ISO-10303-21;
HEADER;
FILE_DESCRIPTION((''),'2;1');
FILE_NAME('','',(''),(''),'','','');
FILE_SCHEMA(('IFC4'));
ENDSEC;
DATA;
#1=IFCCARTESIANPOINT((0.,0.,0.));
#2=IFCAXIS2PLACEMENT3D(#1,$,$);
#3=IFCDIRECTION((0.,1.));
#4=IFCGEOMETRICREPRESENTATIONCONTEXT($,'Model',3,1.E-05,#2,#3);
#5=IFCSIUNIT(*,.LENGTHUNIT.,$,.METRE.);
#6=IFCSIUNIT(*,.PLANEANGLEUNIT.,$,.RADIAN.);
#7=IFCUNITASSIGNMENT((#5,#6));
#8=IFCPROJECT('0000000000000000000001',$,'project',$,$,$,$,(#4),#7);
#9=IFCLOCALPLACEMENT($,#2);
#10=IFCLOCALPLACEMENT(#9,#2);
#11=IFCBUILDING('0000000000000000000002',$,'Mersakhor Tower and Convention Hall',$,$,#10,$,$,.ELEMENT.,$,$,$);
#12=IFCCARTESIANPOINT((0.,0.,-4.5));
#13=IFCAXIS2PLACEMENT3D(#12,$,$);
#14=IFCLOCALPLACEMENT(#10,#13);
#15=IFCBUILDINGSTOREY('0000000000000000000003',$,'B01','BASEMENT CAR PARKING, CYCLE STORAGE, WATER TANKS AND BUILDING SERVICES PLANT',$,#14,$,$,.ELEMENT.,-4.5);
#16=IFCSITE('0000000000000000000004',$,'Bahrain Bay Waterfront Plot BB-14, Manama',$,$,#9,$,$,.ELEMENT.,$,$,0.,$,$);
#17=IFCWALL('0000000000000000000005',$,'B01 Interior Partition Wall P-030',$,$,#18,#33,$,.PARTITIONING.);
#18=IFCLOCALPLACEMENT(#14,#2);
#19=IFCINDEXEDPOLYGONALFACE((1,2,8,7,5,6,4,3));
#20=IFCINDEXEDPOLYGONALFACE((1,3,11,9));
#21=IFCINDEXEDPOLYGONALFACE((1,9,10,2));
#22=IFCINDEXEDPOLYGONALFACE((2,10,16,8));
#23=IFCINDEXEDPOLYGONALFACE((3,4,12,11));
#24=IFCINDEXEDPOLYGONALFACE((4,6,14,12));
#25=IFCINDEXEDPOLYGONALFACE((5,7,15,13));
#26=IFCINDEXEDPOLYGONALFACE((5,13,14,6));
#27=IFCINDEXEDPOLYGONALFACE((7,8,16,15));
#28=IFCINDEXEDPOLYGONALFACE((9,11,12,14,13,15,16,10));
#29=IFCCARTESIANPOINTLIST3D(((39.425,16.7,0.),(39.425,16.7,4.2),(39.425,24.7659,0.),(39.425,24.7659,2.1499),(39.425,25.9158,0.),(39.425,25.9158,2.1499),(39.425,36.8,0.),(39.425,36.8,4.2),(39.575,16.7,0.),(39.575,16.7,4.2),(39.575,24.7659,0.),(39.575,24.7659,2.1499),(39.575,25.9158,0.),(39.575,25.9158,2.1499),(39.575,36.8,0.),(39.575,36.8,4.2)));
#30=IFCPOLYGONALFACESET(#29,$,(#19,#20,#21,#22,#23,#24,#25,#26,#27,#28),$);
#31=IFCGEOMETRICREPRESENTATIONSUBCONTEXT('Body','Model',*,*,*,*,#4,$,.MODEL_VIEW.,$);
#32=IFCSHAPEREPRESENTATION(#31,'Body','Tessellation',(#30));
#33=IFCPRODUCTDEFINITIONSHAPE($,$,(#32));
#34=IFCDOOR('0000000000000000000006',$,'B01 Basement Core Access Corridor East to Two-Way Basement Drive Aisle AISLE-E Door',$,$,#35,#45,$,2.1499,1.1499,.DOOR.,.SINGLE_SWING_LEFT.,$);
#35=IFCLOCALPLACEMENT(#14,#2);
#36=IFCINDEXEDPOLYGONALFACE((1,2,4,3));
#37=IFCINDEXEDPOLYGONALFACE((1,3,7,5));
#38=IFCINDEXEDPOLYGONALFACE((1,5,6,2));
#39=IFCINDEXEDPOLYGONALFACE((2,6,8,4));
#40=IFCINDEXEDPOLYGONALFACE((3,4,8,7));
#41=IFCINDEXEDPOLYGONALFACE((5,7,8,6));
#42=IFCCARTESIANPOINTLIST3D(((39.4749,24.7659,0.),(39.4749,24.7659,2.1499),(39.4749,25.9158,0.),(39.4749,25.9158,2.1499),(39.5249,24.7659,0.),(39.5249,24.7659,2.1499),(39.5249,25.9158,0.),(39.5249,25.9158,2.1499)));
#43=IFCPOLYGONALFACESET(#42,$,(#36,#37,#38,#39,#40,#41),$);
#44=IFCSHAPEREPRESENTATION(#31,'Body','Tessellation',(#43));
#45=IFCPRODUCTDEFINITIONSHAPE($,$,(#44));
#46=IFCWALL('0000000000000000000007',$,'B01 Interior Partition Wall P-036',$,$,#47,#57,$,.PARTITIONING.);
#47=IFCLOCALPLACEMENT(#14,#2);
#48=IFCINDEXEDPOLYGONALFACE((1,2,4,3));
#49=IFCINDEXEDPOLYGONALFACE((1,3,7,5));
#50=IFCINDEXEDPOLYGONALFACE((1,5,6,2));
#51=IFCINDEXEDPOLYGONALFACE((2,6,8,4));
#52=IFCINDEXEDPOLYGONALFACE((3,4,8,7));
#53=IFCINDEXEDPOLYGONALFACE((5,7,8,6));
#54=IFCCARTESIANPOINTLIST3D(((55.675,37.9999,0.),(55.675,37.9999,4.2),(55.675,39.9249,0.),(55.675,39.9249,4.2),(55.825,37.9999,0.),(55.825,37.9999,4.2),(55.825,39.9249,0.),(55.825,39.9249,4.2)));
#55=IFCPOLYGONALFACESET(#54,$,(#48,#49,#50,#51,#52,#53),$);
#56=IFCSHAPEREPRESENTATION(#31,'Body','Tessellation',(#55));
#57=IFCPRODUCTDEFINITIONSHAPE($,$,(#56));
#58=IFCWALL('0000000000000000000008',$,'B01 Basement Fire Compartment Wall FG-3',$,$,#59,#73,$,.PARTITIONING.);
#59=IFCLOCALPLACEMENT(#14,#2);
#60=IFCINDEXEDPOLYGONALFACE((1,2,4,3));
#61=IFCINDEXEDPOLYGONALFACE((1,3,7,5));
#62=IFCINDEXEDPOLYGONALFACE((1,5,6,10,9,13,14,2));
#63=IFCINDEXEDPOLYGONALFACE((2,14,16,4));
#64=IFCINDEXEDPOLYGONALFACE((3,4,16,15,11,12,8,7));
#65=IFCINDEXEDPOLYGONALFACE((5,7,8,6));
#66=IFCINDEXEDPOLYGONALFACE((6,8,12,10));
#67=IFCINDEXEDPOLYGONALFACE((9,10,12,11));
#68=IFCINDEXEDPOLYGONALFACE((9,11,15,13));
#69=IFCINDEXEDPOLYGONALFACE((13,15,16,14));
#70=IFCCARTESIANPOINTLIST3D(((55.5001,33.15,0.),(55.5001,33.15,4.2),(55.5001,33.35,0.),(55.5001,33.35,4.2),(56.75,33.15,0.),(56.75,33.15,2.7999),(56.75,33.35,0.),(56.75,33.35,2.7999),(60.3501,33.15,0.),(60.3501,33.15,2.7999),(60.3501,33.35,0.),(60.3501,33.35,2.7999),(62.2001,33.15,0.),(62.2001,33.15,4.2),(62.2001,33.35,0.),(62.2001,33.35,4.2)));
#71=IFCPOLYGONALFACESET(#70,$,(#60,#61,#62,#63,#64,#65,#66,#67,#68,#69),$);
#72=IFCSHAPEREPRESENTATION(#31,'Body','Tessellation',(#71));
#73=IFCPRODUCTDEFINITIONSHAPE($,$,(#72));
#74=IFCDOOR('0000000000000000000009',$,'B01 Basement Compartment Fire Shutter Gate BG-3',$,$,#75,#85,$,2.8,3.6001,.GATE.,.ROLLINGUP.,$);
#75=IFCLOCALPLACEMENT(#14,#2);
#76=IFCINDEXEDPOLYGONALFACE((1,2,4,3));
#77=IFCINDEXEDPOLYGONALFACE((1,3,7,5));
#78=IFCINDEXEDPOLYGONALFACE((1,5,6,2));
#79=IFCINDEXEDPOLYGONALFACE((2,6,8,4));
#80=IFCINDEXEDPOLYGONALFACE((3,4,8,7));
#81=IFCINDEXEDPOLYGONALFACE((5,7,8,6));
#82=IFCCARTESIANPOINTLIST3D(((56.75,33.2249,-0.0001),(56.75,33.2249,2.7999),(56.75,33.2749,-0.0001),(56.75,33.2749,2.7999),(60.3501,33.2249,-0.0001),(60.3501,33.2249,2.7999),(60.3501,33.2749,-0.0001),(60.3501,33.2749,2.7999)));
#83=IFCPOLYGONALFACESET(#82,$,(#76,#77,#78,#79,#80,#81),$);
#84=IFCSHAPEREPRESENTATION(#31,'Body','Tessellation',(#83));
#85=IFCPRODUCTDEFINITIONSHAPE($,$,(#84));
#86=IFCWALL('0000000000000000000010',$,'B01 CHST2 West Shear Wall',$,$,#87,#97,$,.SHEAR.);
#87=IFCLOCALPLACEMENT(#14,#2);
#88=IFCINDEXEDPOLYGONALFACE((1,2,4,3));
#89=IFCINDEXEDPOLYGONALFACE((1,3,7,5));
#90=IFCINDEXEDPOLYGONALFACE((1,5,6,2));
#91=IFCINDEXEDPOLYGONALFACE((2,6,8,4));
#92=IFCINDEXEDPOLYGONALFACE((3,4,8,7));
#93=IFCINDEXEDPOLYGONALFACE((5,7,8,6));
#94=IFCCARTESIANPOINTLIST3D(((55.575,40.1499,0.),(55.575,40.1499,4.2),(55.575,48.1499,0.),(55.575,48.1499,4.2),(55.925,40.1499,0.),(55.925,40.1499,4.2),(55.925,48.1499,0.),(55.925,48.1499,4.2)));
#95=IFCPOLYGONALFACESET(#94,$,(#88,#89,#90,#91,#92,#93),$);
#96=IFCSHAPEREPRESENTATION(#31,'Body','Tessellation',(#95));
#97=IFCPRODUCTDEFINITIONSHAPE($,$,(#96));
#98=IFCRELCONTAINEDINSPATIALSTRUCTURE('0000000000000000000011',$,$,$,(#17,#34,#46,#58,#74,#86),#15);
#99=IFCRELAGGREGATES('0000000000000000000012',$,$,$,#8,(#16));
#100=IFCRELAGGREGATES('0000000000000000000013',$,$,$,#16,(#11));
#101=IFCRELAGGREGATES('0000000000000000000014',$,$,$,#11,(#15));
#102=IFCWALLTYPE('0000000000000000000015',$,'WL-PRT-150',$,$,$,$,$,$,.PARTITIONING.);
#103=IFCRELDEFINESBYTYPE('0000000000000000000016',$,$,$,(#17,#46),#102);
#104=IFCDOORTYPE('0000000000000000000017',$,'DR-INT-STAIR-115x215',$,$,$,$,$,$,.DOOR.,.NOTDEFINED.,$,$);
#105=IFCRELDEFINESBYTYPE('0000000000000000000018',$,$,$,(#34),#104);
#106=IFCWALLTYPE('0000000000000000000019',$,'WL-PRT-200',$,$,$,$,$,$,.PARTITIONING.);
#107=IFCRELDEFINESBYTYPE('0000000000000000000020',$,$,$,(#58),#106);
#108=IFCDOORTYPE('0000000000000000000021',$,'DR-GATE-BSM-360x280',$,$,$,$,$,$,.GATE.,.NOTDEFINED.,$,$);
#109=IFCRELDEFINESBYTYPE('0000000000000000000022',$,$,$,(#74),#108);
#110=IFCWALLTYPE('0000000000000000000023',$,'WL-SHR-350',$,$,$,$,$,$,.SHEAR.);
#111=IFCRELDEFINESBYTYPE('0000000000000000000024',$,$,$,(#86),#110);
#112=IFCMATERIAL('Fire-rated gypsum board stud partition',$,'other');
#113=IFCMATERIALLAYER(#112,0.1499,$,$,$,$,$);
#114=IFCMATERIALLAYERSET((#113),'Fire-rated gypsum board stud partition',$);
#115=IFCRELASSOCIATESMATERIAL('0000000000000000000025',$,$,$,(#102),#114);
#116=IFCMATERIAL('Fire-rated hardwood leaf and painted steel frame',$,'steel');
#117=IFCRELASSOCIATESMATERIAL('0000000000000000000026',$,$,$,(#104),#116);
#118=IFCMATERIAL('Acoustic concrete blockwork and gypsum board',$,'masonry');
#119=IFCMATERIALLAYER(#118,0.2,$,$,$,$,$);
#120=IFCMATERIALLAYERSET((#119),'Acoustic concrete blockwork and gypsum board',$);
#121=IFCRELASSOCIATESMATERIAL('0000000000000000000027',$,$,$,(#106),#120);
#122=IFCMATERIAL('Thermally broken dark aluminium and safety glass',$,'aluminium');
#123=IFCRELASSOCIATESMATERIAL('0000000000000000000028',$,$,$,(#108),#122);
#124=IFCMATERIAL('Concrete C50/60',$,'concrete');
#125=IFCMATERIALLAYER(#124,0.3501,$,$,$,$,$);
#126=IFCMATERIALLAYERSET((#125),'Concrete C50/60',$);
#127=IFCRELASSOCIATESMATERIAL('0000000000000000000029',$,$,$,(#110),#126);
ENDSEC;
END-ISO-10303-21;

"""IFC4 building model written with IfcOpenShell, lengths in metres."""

from ifc_helpers import new_model, si_unit, direction, frame, frame_2d, origin, place, context, subcontext, project, spatial, rectangle, extrude, material, layer, layer_set, type_object, element, fill, save


model = new_model("IFC4")

# Units and contexts
model_context = context("Model", 3, precision=1e-05, world=origin(), true_north=direction((0.0, 1.0)))
body_context = subcontext(model_context, "Body", "Model", "MODEL_VIEW")
ifc_project = project(units=[si_unit("LENGTHUNIT", "METRE"), si_unit("PLANEANGLEUNIT", "RADIAN")], contexts=[model_context])

# Site, building, storey
site_placement = place(None, origin())
site = spatial("IfcSite", under=ifc_project, at=site_placement, Name="Bahrain Bay Waterfront Plot BB-14, Manama", CompositionType="ELEMENT", RefElevation=0.0)
building_placement = place(site_placement, origin())
building = spatial("IfcBuilding", under=site, at=building_placement, Name="Mersakhor Tower and Convention Hall", CompositionType="ELEMENT")
storey_placement = place(building_placement, frame((0.0, 0.0, -4.5)))
storey = spatial("IfcBuildingStorey", under=building, at=storey_placement, Name="B01", Description="BASEMENT CAR PARKING, CYCLE STORAGE, WATER TANKS AND BUILDING SERVICES PLANT", CompositionType="ELEMENT", Elevation=-4.5)

# Wall, opening, door
ifc_material_1 = material(Name="Fire-rated gypsum board stud partition", Category="other")
ifc_layer_1 = layer(ifc_material_1, 0.1499)
ifc_layer_set_1 = layer_set([ifc_layer_1], Name="Fire-rated gypsum board stud partition")
wall_type_1 = type_object("IfcWallType", Name="WL-PRT-150", PredefinedType="PARTITIONING", material=ifc_layer_set_1)
wall_1_placement = place(storey_placement, frame((39.5, 36.8, 0.0), z_axis=(0.0, 0.0, 1.0), x_axis=(0.0, -1.0, 0.0)))
wall_1 = element("IfcWall", 1, at=wall_1_placement, inside=storey, type_object=wall_type_1, Name="B01 Interior Partition Wall P-030", PredefinedType="PARTITIONING", context=body_context, shape_type="SweptSolid", body=[
    extrude(rectangle(XDim=20.1001, YDim=0.1499, at=frame_2d((10.05, 0.0))), origin(), (0.0, 0.0, 1.0), 4.2),
])
opening_1_placement = place(wall_1_placement, frame((10.8843, 0.0, 0.0)))
opening_1 = element("IfcOpeningElement", 2, at=opening_1_placement, cuts=wall_1, PredefinedType="OPENING", context=body_context, shape_type="SweptSolid", body=[
    extrude(rectangle(XDim=1.1499, YDim=2.1499, at=frame_2d((0.575, 1.075))), frame((0.0, 0.085, 0.0), z_axis=(0.0, -1.0, 0.0), x_axis=(1.0, 0.0, 0.0)), (0.0, 0.0, 1.0), 0.1699),
])
ifc_material_2 = material(Name="Fire-rated hardwood leaf and painted steel frame", Category="steel")
door_type_1 = type_object("IfcDoorType", Name="DR-INT-STAIR-115x215", OperationType="NOTDEFINED", PredefinedType="DOOR", material=ifc_material_2)
door_1_placement = place(opening_1_placement, origin())
door_1 = element("IfcDoor", 3, at=door_1_placement, inside=storey, type_object=door_type_1, Name="B01 Basement Core Access Corridor East to Two-Way Basement Drive Aisle AISLE-E Door", OperationType="SINGLE_SWING_LEFT", OverallHeight=2.1499, OverallWidth=1.1499, PredefinedType="DOOR", context=body_context, shape_type="SweptSolid", body=[
    extrude(rectangle(XDim=1.1499, YDim=2.1499, at=frame_2d((0.575, 1.075))), frame((0.0, 0.0249, 0.0), z_axis=(0.0, -1.0, 0.0), x_axis=(1.0, 0.0, 0.0)), (0.0, 0.0, 1.0), 0.05),
])
fill(opening_1, door_1)

# Wall
wall_2_placement = place(storey_placement, frame((55.75, 38.0, 0.0), z_axis=(0.0, 0.0, 1.0), x_axis=(0.0, 1.0, 0.0)))
element("IfcWall", 4, at=wall_2_placement, inside=storey, type_object=wall_type_1, Name="B01 Interior Partition Wall P-036", PredefinedType="PARTITIONING", context=body_context, shape_type="SweptSolid", body=[
    extrude(rectangle(XDim=1.925, YDim=0.1499, at=frame_2d((0.9624, 0.0))), origin(), (0.0, 0.0, 1.0), 4.2),
])

# Wall, opening, door
ifc_material_3 = material(Name="Acoustic concrete blockwork and gypsum board", Category="masonry")
ifc_layer_2 = layer(ifc_material_3, 0.2)
ifc_layer_set_2 = layer_set([ifc_layer_2], Name="Acoustic concrete blockwork and gypsum board")
wall_type_2 = type_object("IfcWallType", Name="WL-PRT-200", PredefinedType="PARTITIONING", material=ifc_layer_set_2)
wall_3_placement = place(storey_placement, frame((55.5, 33.25, 0.0), z_axis=(0.0, 0.0, 1.0), x_axis=(1.0, 0.0, 0.0)))
wall_3 = element("IfcWall", 5, at=wall_3_placement, inside=storey, type_object=wall_type_2, Name="B01 Basement Fire Compartment Wall FG-3", PredefinedType="PARTITIONING", context=body_context, shape_type="SweptSolid", body=[
    extrude(rectangle(XDim=6.7, YDim=0.2, at=frame_2d((3.3501, 0.0))), origin(), (0.0, 0.0, 1.0), 4.2),
])
opening_2_placement = place(wall_3_placement, frame((1.25, 0.0, 0.0)))
opening_2 = element("IfcOpeningElement", 6, at=opening_2_placement, cuts=wall_3, PredefinedType="OPENING", context=body_context, shape_type="SweptSolid", body=[
    extrude(rectangle(XDim=3.6001, YDim=2.8, at=frame_2d((1.8, 1.3999))), frame((0.0, 0.1099, 0.0), z_axis=(0.0, -1.0, 0.0), x_axis=(1.0, 0.0, 0.0)), (0.0, 0.0, 1.0), 0.22),
])
ifc_material_4 = material(Name="Thermally broken dark aluminium and safety glass", Category="aluminium")
door_type_2 = type_object("IfcDoorType", Name="DR-GATE-BSM-360x280", OperationType="NOTDEFINED", PredefinedType="GATE", material=ifc_material_4)
door_2_placement = place(opening_2_placement, origin())
door_2 = element("IfcDoor", 7, at=door_2_placement, inside=storey, type_object=door_type_2, Name="B01 Basement Compartment Fire Shutter Gate BG-3", OperationType="ROLLINGUP", OverallHeight=2.8, OverallWidth=3.6001, PredefinedType="GATE", context=body_context, shape_type="SweptSolid", body=[
    extrude(rectangle(XDim=3.6001, YDim=2.8, at=frame_2d((1.8, 1.3999))), frame((0.0, 0.0249, 0.0), z_axis=(0.0, -1.0, 0.0), x_axis=(1.0, 0.0, 0.0)), (0.0, 0.0, 1.0), 0.05),
])
fill(opening_2, door_2)

# Wall
ifc_material_5 = material(Name="Concrete C50/60", Category="concrete")
ifc_layer_3 = layer(ifc_material_5, 0.3501)
ifc_layer_set_3 = layer_set([ifc_layer_3], Name="Concrete C50/60")
wall_type_3 = type_object("IfcWallType", Name="WL-SHR-350", PredefinedType="SHEAR", material=ifc_layer_set_3)
wall_4_placement = place(storey_placement, frame((55.75, 40.1499, 0.0), z_axis=(0.0, 0.0, 1.0), x_axis=(0.0, 1.0, 0.0)))
element("IfcWall", 8, at=wall_4_placement, inside=storey, type_object=wall_type_3, Name="B01 CHST2 West Shear Wall", PredefinedType="SHEAR", context=body_context, shape_type="SweptSolid", body=[
    extrude(rectangle(XDim=8.0, YDim=0.3501, at=frame_2d((4.0, 0.0))), origin(), (0.0, 0.0, 1.0), 4.2),
])

save(model, "model.ifc")
